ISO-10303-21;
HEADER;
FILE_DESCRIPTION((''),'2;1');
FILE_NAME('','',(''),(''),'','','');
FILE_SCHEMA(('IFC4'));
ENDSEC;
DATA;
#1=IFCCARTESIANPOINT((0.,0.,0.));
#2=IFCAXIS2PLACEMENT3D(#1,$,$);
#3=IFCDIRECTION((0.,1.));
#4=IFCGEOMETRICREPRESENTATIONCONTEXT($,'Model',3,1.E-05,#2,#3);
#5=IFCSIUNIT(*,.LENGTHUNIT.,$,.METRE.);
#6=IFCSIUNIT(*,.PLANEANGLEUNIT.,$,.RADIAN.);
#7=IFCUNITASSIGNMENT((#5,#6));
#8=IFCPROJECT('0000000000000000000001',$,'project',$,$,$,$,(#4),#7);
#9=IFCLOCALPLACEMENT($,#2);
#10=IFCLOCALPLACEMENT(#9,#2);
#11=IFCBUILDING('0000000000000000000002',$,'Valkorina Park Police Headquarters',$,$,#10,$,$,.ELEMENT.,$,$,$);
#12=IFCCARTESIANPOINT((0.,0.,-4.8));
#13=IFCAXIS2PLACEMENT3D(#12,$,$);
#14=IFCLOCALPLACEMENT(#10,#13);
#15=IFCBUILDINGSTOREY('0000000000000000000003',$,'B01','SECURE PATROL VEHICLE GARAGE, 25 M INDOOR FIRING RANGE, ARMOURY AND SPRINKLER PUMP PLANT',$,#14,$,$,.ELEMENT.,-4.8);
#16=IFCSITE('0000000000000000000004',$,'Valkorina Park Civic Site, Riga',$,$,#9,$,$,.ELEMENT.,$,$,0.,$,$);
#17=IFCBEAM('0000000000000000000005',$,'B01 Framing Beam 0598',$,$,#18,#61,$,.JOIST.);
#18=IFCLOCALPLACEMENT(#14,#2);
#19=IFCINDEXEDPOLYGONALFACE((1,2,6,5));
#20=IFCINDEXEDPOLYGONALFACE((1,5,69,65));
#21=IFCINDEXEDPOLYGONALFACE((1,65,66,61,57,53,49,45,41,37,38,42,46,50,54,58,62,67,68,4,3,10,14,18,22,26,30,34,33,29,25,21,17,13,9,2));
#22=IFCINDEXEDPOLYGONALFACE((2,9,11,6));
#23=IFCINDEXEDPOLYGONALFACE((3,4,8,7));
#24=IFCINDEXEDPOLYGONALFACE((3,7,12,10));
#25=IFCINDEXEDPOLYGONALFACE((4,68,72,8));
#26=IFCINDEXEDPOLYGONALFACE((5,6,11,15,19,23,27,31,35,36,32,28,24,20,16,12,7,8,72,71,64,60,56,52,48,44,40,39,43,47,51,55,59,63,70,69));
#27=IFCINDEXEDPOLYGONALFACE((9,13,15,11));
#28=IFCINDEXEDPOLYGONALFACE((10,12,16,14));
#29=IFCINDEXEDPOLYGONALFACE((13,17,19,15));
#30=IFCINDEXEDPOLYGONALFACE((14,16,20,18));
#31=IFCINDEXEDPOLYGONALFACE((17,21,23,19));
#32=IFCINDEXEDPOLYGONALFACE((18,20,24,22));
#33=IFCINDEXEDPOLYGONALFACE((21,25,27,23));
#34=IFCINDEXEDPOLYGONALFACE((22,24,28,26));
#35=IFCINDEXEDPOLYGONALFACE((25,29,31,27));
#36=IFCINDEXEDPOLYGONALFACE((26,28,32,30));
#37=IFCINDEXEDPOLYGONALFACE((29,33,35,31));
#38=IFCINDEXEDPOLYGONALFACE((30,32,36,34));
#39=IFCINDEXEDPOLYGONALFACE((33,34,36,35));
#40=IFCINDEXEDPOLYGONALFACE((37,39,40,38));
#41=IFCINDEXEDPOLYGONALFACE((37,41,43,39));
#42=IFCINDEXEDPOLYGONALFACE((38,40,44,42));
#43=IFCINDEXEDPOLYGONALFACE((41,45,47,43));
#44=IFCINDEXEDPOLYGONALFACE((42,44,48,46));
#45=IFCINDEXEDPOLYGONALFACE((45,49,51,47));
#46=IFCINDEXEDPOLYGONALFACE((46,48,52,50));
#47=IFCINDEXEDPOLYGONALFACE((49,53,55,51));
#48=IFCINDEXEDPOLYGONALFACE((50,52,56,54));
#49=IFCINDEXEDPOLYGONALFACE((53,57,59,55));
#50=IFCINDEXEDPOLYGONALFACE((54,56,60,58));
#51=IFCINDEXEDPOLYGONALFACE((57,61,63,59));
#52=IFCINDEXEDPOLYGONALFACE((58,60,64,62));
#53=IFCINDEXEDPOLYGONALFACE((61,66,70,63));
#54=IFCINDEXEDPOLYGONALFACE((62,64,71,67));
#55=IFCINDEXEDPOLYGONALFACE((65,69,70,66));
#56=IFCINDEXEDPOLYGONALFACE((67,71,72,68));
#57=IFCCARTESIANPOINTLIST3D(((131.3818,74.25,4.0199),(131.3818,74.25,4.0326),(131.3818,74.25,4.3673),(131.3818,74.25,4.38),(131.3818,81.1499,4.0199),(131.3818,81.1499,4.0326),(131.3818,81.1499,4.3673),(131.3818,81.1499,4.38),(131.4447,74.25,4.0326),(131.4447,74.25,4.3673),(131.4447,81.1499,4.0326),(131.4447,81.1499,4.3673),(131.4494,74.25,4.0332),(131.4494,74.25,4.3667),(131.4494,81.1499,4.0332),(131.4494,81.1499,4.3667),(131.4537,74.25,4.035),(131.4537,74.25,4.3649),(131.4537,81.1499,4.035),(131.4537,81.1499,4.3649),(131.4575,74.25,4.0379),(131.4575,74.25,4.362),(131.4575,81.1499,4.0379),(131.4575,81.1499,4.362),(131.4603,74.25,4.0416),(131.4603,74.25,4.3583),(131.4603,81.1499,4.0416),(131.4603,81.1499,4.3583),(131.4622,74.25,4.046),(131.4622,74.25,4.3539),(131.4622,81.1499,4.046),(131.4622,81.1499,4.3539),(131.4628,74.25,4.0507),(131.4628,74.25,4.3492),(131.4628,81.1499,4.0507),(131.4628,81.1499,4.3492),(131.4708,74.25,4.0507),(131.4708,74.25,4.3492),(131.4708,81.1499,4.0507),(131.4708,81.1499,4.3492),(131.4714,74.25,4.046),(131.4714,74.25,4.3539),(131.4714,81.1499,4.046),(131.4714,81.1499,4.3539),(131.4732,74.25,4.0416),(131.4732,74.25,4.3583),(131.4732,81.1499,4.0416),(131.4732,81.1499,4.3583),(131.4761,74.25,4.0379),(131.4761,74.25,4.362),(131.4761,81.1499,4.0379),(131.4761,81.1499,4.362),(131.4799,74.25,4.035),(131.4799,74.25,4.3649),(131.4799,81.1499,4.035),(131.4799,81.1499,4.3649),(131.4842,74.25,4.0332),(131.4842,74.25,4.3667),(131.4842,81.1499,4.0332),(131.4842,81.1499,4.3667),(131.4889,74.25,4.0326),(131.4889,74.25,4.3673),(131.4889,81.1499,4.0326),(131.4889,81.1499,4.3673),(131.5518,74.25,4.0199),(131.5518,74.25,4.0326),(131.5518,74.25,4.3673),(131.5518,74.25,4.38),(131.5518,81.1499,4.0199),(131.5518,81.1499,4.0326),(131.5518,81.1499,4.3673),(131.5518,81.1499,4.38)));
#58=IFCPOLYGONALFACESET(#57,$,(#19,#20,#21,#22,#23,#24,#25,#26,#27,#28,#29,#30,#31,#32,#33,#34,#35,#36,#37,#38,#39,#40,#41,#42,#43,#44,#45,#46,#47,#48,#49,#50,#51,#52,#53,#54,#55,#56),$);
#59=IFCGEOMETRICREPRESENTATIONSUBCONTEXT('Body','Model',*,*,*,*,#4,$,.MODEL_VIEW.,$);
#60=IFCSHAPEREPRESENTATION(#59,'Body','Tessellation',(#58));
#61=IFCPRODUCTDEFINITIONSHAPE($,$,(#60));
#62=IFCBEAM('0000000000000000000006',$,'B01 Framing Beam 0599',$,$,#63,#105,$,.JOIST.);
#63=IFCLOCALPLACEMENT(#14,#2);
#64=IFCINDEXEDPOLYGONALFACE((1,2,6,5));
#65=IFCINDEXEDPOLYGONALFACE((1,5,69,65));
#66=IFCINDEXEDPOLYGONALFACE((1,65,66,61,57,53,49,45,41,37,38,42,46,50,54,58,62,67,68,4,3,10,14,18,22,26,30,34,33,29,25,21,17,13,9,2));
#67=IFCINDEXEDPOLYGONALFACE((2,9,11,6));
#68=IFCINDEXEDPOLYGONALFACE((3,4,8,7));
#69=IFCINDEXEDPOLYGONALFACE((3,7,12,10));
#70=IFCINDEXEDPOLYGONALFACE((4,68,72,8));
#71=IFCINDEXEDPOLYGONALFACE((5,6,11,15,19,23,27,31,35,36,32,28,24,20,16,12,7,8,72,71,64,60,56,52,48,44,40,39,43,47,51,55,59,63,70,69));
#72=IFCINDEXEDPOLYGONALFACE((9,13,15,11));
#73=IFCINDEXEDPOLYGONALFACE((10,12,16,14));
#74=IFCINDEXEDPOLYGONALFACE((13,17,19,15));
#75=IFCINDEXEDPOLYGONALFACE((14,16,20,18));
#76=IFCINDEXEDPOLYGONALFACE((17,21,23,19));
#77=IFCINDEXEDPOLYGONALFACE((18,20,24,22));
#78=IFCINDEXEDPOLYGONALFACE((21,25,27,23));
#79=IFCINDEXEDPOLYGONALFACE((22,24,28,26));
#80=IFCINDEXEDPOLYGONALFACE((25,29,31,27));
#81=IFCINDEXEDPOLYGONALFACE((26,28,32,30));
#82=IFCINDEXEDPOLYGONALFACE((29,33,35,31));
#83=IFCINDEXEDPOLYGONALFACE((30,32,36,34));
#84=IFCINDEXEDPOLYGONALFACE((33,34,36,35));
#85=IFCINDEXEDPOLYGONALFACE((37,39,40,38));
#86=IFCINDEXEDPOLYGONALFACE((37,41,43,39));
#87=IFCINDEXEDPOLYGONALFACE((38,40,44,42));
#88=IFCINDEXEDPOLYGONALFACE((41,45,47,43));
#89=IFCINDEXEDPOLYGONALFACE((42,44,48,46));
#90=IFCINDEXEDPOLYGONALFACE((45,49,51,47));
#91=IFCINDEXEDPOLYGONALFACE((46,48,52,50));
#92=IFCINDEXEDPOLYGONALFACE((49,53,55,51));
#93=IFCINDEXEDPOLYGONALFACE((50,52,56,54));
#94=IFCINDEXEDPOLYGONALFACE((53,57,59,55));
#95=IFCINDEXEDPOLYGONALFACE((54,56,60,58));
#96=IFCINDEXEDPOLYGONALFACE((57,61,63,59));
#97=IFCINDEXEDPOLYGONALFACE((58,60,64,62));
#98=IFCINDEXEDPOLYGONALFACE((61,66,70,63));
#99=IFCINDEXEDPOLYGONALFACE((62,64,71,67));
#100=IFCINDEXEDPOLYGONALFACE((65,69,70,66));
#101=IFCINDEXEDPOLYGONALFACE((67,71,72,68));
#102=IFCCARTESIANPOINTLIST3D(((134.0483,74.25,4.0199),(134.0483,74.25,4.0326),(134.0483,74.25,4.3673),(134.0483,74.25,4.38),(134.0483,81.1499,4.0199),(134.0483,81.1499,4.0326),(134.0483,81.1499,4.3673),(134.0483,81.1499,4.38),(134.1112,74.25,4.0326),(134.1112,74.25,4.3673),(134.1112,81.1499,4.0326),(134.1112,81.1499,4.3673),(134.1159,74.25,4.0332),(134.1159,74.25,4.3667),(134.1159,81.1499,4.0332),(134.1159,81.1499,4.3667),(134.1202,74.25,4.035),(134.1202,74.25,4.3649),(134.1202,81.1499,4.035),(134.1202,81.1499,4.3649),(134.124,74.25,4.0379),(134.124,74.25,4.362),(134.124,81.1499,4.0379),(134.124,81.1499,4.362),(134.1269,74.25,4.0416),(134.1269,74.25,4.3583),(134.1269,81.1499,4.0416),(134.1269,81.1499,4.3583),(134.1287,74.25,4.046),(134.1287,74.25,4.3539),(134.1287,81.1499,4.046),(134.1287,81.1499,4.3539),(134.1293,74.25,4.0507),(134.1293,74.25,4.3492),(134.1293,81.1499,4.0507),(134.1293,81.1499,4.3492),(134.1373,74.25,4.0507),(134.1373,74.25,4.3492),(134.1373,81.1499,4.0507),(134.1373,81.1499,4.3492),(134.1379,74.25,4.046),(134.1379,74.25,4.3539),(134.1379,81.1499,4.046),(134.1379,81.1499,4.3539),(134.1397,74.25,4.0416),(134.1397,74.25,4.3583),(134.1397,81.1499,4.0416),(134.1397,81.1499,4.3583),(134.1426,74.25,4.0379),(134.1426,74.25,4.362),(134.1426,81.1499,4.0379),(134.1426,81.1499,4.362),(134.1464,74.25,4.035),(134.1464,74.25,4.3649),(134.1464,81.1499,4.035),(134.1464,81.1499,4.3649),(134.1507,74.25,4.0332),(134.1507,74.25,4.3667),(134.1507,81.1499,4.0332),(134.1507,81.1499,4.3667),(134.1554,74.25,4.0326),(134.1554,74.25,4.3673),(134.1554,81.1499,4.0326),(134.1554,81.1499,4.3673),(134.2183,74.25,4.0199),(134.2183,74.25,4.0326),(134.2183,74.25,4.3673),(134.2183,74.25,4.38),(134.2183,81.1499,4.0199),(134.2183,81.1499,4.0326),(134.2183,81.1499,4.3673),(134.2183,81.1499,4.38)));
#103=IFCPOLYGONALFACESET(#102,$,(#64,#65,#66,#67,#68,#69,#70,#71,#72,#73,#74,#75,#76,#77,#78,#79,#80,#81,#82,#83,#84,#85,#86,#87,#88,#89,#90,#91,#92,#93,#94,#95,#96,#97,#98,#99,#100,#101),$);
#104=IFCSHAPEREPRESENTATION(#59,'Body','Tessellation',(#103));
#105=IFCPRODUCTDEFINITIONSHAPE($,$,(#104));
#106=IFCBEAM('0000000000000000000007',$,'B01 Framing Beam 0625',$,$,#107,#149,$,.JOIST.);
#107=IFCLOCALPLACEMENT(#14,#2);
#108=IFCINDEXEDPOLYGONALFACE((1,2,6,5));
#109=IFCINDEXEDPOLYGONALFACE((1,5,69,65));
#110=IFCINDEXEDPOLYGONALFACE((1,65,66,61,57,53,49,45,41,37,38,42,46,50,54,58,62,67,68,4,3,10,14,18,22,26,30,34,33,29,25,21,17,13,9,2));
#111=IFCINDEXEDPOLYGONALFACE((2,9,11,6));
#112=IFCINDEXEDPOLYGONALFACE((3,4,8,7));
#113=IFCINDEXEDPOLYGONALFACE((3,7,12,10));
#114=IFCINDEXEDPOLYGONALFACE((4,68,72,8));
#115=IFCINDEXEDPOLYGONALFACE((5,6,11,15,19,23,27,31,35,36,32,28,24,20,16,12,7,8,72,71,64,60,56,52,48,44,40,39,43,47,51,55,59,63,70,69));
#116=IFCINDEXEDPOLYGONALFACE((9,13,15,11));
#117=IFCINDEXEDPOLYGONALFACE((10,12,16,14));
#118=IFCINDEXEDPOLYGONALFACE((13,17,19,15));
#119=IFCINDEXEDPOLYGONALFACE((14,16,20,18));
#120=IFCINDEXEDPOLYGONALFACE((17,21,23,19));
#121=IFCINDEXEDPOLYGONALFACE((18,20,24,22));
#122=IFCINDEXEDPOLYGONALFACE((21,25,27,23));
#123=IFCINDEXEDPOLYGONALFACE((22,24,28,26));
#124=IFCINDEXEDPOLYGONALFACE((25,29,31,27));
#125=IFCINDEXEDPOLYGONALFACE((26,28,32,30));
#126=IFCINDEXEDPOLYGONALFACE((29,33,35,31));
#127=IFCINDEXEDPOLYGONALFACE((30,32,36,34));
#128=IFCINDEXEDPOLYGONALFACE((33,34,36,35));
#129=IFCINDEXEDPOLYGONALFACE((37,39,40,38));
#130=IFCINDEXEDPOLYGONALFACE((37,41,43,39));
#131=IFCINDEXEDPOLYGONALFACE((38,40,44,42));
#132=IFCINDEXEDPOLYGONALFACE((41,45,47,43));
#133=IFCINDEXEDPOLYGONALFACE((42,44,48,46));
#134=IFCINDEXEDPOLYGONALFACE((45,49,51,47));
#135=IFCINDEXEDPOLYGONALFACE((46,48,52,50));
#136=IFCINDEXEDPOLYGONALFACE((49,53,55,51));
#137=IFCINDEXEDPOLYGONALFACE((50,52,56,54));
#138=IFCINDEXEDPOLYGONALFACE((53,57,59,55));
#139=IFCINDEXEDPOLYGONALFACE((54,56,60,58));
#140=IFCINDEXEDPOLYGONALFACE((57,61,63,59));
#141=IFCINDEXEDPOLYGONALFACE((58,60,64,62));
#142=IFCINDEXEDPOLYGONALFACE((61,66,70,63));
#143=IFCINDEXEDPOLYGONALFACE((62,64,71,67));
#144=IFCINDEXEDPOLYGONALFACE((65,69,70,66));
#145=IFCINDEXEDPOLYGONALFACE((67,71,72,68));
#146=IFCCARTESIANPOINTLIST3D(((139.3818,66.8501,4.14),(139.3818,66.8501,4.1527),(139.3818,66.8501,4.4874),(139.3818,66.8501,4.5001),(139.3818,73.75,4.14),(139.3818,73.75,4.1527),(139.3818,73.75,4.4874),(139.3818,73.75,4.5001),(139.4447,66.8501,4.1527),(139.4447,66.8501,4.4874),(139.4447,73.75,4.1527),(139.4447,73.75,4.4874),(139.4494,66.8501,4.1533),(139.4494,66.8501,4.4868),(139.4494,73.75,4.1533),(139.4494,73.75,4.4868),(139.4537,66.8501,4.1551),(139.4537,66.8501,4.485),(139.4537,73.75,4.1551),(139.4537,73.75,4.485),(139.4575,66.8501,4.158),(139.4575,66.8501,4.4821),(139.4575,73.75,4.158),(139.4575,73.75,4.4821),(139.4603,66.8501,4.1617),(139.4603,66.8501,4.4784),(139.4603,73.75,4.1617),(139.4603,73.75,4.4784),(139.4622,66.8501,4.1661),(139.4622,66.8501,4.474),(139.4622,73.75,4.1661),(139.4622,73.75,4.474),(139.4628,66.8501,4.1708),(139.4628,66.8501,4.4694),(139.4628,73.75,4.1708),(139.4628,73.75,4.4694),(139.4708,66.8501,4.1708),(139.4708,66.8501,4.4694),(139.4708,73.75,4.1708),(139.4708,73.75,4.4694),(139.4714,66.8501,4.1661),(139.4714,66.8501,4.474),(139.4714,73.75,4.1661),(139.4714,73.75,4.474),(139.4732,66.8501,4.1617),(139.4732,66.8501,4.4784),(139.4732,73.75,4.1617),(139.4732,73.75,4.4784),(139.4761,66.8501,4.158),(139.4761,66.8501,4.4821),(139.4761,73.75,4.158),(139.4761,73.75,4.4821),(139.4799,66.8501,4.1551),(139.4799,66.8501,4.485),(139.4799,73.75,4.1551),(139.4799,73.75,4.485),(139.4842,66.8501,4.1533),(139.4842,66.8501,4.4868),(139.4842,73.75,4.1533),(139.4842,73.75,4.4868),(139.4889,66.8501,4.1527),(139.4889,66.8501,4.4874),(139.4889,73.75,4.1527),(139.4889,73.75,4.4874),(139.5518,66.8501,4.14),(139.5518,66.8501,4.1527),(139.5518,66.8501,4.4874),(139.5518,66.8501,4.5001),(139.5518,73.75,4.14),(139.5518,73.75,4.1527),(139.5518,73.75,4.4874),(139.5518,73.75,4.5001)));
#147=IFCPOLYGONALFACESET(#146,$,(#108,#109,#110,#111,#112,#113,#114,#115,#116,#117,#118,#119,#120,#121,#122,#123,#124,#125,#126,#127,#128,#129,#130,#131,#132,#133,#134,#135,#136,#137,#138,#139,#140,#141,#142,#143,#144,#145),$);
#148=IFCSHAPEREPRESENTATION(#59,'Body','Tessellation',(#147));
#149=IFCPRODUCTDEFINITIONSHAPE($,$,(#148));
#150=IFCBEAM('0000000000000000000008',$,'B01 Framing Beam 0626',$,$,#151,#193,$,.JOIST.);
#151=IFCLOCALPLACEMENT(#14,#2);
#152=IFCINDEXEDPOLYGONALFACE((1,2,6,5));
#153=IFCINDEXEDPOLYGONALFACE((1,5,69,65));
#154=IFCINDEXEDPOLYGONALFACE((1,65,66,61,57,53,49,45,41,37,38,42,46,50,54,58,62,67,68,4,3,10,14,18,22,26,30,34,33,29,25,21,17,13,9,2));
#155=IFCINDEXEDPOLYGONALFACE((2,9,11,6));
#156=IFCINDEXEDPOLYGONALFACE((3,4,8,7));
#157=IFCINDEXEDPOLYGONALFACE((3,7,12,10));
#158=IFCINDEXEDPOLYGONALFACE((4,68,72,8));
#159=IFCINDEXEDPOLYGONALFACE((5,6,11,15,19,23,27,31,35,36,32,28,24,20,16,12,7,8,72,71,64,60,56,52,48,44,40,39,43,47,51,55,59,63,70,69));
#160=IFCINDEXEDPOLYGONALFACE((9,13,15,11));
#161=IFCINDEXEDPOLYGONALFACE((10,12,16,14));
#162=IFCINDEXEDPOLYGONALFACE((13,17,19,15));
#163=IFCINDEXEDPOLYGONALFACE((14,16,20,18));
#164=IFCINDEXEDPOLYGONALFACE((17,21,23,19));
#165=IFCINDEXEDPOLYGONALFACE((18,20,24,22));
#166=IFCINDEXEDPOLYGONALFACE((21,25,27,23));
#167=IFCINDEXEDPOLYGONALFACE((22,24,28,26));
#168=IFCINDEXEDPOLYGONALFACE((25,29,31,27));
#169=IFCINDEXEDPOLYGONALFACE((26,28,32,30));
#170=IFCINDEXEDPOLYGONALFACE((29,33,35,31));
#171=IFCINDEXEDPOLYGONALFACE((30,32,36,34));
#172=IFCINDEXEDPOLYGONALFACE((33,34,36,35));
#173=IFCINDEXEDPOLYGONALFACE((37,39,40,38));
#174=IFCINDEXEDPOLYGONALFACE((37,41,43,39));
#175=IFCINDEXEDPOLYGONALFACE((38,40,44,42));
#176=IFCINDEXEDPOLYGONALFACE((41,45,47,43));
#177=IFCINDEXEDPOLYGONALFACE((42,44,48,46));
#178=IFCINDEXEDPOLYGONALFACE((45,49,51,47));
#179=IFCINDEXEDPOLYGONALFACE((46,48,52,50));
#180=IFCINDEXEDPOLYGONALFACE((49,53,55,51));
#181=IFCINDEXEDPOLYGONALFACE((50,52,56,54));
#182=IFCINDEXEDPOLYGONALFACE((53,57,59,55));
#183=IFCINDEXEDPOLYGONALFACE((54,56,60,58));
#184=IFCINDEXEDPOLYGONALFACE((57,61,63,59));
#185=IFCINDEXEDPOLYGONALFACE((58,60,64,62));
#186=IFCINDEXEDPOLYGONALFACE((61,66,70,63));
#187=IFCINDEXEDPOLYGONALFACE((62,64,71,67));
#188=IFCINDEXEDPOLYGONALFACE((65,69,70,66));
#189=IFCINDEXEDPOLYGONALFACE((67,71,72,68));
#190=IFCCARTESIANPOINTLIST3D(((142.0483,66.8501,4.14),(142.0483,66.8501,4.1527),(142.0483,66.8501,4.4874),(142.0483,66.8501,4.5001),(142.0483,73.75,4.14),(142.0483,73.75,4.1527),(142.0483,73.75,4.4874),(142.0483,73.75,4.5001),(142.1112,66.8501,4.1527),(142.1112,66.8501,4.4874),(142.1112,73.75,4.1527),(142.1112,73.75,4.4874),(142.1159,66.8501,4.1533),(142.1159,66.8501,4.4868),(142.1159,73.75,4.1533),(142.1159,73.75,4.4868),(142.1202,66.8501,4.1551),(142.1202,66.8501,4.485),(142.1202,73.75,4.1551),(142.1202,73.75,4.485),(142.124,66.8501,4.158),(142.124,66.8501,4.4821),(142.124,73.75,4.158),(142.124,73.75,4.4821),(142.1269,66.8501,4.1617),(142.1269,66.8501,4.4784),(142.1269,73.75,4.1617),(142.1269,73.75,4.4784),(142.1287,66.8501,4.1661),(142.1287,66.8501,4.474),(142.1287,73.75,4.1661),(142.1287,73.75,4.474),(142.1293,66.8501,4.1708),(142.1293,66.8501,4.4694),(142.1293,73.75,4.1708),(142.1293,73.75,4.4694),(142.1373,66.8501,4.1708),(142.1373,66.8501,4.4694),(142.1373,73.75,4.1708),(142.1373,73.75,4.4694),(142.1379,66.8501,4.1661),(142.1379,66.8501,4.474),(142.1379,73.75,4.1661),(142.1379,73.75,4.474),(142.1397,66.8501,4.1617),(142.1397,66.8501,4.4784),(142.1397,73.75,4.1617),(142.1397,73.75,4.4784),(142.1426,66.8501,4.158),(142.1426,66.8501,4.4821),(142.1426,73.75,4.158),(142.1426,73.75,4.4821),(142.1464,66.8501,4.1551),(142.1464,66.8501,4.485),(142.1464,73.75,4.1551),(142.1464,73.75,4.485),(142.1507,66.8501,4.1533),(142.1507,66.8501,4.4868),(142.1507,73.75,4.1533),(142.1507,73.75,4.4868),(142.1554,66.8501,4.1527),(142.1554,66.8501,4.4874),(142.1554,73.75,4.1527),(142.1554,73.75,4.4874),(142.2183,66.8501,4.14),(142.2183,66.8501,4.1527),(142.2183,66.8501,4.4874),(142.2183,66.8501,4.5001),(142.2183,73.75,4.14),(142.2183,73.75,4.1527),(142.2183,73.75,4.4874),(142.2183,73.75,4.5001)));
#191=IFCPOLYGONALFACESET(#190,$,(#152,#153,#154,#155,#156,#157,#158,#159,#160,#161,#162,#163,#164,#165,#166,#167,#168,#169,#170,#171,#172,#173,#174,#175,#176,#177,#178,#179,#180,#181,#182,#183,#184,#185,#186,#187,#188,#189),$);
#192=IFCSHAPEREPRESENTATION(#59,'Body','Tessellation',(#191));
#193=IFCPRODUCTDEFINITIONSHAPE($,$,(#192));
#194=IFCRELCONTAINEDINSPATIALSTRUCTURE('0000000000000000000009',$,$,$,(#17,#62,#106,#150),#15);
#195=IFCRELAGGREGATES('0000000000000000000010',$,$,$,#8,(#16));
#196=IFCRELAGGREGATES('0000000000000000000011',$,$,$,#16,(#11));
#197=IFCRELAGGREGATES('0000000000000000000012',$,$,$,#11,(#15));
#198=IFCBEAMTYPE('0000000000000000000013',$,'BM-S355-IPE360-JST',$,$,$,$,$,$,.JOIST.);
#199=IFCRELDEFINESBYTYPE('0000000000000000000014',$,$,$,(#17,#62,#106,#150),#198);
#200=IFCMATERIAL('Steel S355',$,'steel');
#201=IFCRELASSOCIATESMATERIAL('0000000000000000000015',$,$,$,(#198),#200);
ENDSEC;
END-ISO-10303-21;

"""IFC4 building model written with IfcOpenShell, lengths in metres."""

from ifc_helpers import new_model, si_unit, direction, frame, origin, origin_2d, place, context, subcontext, project, spatial, i_section, extrude, material, material_profile, profile_set, type_object, element, save


model = new_model("IFC4")

# Units and contexts
model_context = context("Model", 3, precision=1e-05, world=origin(), true_north=direction((0.0, 1.0)))
body_context = subcontext(model_context, "Body", "Model", "MODEL_VIEW")
ifc_project = project(units=[si_unit("LENGTHUNIT", "METRE"), si_unit("PLANEANGLEUNIT", "RADIAN")], contexts=[model_context])

# Site, building, storey
site_placement = place(None, origin())
site = spatial("IfcSite", under=ifc_project, at=site_placement, Name="Valkorina Park Civic Site, Riga", CompositionType="ELEMENT", RefElevation=0.0)
building_placement = place(site_placement, origin())
building = spatial("IfcBuilding", under=site, at=building_placement, Name="Valkorina Park Police Headquarters", CompositionType="ELEMENT")
storey_placement = place(building_placement, frame((0.0, 0.0, -4.8)))
storey = spatial("IfcBuildingStorey", under=building, at=storey_placement, Name="B01", Description="SECURE PATROL VEHICLE GARAGE, 25 M INDOOR FIRING RANGE, ARMOURY AND SPRINKLER PUMP PLANT", CompositionType="ELEMENT", Elevation=-4.8)

# Beams
ifc_material_1 = material(Name="Steel S355", Category="steel")
ifc_material_profile_1 = material_profile(ifc_material_1, i_section(OverallWidth=0.1699, OverallDepth=0.3601, WebThickness=0.0081, FlangeThickness=0.0127, FilletRadius=0.0181, at=origin_2d()), Name="IPE 360")
ifc_profile_set_1 = profile_set([ifc_material_profile_1], Name="Steel S355")
beam_type_1 = type_object("IfcBeamType", Name="BM-S355-IPE360-JST", PredefinedType="JOIST", material=ifc_profile_set_1)
for number, where, z_axis, x_axis, name in (
    (1, (131.4668, 74.25, 4.2), (0.0, 1.0, 0.0), (-1.0, 0.0, 0.0), "B01 Framing Beam 0598"),
    (2, (134.1333, 74.25, 4.2), (0.0, 1.0, 0.0), (-1.0, 0.0, 0.0), "B01 Framing Beam 0599"),
    (3, (139.4668, 66.8501, 4.3201), (0.0, 1.0, 0.0), (-1.0, 0.0, 0.0), "B01 Framing Beam 0625"),
    (4, (142.1333, 66.8501, 4.3201), (0.0, 1.0, 0.0), (-1.0, 0.0, 0.0), "B01 Framing Beam 0626"),
):
    element("IfcBeam", number, at=place(storey_placement, frame(where, z_axis=z_axis, x_axis=x_axis)), inside=storey, type_object=beam_type_1, Name=name, PredefinedType="JOIST", context=body_context, shape_type="SweptSolid", body=[
        extrude(i_section(OverallWidth=0.1699, OverallDepth=0.3601, WebThickness=0.0081, FlangeThickness=0.0127, FilletRadius=0.0181, at=origin_2d()), origin(), (0.0, 0.0, 1.0), 6.8999),
    ])

save(model, "model.ifc")
